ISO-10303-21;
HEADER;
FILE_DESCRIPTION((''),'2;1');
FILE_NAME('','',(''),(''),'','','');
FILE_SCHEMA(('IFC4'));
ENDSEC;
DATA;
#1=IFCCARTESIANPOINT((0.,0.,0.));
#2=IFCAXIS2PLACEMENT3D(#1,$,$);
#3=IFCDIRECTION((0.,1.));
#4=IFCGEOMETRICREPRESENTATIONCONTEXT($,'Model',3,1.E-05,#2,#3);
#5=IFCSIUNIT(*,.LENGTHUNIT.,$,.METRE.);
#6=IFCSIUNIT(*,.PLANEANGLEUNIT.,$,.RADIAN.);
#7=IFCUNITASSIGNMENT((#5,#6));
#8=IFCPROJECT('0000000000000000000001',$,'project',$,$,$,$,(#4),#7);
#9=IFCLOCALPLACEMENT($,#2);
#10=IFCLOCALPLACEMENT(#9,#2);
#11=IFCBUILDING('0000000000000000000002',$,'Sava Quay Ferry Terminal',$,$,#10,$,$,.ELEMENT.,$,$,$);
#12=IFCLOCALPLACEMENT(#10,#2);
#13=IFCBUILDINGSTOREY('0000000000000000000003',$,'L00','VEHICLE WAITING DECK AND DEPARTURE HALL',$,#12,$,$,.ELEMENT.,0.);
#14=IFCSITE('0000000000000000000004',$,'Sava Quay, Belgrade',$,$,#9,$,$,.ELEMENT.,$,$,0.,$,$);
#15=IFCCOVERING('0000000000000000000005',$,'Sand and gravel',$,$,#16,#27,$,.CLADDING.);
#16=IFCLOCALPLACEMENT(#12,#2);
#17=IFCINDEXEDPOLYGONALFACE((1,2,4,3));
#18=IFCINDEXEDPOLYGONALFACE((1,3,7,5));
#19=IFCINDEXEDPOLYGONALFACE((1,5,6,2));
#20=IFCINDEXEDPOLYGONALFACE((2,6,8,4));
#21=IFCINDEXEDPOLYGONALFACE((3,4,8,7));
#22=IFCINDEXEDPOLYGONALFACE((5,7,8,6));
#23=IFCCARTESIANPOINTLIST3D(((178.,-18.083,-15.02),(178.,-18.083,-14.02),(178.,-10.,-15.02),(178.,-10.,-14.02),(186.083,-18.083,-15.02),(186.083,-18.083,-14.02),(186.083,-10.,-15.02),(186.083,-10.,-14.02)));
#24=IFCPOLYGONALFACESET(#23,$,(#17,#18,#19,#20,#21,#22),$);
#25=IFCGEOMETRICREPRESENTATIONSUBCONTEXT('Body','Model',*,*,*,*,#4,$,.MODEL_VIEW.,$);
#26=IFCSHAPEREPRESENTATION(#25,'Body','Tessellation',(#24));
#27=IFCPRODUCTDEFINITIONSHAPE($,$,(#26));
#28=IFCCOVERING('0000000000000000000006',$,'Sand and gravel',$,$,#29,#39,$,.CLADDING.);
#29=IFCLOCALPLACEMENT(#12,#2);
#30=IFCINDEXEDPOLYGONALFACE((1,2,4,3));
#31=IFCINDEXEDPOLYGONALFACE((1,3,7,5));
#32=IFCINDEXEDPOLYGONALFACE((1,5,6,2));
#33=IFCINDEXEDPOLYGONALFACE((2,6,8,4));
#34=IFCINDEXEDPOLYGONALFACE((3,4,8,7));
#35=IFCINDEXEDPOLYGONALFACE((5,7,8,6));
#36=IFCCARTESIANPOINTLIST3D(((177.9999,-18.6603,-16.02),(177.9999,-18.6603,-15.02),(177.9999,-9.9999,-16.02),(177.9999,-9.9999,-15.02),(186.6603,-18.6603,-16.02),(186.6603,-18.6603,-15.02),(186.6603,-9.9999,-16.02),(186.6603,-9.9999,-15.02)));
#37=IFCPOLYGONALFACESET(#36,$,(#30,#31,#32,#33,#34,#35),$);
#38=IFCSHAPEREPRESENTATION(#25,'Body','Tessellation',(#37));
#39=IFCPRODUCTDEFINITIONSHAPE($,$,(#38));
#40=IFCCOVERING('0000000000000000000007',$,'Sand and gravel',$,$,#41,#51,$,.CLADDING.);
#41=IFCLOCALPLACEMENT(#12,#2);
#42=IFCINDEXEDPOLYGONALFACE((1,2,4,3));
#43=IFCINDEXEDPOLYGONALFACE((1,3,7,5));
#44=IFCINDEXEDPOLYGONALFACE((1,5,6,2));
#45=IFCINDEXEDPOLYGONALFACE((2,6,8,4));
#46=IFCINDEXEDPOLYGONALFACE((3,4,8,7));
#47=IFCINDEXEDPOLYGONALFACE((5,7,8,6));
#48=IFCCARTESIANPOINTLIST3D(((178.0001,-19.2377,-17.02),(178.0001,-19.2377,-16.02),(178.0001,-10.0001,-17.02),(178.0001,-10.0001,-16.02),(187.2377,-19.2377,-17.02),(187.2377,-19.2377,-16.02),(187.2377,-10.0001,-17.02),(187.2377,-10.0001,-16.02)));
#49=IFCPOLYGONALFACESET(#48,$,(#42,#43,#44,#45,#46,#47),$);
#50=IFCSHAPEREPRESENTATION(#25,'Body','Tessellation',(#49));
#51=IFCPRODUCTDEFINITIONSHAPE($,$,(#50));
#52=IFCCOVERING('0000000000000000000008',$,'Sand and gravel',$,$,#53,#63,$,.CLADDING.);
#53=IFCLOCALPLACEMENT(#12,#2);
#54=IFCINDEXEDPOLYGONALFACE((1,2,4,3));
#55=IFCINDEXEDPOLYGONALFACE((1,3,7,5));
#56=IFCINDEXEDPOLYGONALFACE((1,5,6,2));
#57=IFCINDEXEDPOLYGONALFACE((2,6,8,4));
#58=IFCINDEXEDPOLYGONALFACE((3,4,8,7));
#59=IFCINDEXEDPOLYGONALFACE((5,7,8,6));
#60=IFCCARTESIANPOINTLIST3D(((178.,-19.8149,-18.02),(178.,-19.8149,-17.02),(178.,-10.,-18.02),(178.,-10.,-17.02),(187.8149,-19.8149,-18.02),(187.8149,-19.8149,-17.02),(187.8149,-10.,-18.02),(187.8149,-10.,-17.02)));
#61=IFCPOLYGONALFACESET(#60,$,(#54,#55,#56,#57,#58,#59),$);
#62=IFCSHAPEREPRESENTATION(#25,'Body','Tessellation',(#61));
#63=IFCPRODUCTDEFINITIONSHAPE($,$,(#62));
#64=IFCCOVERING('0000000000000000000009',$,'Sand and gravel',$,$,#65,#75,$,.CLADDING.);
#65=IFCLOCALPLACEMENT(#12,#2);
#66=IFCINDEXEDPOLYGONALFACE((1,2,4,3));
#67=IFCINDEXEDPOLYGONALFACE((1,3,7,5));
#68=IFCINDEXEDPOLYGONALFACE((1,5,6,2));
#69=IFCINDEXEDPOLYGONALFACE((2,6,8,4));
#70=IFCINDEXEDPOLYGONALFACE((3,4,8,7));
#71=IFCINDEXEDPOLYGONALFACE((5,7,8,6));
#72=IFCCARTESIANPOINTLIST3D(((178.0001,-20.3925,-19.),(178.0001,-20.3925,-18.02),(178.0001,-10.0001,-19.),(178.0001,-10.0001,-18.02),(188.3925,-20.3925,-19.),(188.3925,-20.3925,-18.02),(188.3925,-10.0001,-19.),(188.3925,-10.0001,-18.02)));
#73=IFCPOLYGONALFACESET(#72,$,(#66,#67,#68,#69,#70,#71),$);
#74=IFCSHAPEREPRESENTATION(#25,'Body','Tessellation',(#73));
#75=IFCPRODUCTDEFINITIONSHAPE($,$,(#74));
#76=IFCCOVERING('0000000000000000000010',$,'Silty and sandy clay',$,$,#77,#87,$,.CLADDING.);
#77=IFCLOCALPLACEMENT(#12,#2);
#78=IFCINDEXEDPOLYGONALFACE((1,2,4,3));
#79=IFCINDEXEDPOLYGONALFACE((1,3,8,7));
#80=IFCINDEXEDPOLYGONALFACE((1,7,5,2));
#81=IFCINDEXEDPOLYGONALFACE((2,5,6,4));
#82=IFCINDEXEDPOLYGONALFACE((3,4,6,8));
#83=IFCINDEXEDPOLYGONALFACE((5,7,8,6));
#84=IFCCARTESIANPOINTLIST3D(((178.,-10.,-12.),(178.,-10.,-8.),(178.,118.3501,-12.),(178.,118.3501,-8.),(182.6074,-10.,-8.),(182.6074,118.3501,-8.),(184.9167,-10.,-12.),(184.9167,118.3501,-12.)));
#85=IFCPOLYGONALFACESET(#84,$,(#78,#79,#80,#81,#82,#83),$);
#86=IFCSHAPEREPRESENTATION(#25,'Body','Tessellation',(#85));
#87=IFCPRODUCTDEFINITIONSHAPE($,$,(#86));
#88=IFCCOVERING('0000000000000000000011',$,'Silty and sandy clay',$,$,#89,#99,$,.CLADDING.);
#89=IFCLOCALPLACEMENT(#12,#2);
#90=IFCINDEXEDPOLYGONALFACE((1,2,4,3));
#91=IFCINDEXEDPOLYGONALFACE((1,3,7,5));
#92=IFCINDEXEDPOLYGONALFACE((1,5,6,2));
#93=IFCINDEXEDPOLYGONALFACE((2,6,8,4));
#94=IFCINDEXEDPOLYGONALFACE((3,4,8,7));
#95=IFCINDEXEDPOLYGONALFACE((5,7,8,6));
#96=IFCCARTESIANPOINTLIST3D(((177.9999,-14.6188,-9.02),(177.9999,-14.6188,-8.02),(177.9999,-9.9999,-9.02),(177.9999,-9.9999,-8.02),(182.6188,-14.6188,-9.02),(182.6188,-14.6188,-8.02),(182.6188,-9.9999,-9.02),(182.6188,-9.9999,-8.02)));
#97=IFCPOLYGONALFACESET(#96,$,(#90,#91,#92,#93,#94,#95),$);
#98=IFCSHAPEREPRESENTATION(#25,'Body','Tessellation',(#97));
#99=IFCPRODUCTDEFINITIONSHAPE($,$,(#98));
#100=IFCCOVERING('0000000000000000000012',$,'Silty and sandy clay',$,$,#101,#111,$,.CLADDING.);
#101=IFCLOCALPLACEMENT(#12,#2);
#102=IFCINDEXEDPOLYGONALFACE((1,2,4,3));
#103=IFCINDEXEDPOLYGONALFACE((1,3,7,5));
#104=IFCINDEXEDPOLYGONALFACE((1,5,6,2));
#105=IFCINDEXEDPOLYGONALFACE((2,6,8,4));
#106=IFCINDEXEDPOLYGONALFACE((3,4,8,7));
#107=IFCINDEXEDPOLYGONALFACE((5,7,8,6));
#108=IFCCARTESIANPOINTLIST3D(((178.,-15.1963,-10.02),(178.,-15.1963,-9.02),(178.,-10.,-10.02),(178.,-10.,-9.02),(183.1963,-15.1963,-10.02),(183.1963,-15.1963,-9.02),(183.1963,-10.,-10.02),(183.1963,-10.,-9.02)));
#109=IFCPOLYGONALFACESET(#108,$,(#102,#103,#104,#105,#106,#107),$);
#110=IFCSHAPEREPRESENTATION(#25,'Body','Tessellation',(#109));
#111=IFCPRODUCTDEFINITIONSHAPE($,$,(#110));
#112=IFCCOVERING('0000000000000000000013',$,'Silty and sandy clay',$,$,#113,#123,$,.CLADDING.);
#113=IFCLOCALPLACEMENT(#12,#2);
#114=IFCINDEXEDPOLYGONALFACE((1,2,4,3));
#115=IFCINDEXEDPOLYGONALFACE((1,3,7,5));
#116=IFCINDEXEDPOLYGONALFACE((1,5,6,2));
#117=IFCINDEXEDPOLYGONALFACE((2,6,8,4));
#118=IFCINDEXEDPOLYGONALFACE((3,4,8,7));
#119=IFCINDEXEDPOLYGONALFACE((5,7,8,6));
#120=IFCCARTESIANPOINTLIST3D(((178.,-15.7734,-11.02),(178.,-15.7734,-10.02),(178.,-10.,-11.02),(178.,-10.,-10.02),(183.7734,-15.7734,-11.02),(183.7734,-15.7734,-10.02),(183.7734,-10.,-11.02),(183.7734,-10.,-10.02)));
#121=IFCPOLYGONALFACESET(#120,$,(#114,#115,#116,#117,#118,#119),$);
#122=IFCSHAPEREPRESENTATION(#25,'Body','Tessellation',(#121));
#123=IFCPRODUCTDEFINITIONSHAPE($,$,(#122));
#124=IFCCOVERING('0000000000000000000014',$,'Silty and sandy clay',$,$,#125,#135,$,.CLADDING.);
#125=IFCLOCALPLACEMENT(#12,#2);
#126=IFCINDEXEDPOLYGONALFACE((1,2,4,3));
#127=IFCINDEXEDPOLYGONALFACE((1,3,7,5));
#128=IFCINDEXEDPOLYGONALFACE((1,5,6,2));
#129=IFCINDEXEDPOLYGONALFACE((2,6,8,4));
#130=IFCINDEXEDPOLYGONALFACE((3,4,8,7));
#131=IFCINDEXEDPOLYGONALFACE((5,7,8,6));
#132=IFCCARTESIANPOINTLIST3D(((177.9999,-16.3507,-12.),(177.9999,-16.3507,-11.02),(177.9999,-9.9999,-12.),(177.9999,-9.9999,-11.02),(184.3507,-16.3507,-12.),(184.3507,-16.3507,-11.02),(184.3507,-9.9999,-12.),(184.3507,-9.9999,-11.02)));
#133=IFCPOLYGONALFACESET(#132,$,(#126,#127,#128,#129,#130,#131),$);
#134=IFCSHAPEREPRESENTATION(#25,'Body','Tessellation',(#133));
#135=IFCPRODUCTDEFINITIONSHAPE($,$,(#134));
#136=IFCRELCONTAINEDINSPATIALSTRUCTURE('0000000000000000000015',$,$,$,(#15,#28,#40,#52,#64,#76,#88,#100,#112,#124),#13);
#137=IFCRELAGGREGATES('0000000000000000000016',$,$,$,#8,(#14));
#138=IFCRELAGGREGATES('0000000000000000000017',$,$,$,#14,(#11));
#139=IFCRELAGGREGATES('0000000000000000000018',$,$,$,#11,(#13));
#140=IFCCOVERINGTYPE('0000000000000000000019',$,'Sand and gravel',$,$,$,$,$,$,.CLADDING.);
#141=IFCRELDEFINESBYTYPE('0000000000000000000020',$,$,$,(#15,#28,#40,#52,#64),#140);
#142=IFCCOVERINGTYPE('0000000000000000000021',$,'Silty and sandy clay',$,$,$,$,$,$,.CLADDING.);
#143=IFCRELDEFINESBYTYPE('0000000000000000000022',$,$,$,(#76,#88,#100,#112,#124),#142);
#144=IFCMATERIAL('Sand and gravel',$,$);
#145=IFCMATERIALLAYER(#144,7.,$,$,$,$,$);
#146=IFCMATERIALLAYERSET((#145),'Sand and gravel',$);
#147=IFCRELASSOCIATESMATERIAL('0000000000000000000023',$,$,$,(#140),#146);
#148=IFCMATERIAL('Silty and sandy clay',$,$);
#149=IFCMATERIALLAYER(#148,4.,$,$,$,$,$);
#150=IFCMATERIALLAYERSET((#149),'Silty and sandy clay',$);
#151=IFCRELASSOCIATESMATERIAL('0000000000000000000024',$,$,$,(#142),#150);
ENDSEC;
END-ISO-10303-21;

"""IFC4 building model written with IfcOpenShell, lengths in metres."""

from ifc_helpers import new_model, si_unit, direction, frame, origin, origin_2d, place, context, subcontext, project, spatial, polyline, rectangle, outline, extrude, material, layer, layer_set, type_object, element, save


model = new_model("IFC4")

# Units and contexts
model_context = context("Model", 3, precision=1e-05, world=origin(), true_north=direction((0.0, 1.0)))
body_context = subcontext(model_context, "Body", "Model", "MODEL_VIEW")
ifc_project = project(units=[si_unit("LENGTHUNIT", "METRE"), si_unit("PLANEANGLEUNIT", "RADIAN")], contexts=[model_context])

# Site, building, storey
site_placement = place(None, origin())
site = spatial("IfcSite", under=ifc_project, at=site_placement, Name="Sava Quay, Belgrade", CompositionType="ELEMENT", RefElevation=0.0)
building_placement = place(site_placement, origin())
building = spatial("IfcBuilding", under=site, at=building_placement, Name="Sava Quay Ferry Terminal", CompositionType="ELEMENT")
storey_placement = place(building_placement, origin())
storey = spatial("IfcBuildingStorey", under=building, at=storey_placement, Name="L00", Description="VEHICLE WAITING DECK AND DEPARTURE HALL", CompositionType="ELEMENT", Elevation=0.0)

# Coverings
ifc_material_1 = material(Name="Sand and gravel")
ifc_layer_1 = layer(ifc_material_1, 7.0)
ifc_layer_set_1 = layer_set([ifc_layer_1], Name="Sand and gravel")
covering_type_1 = type_object("IfcCoveringType", Name="Sand and gravel", PredefinedType="CLADDING", material=ifc_layer_set_1)
covering_1_placement = place(storey_placement, frame((182.0415, -14.0415, -15.02), z_axis=(0.0, 0.0, 1.0), x_axis=(1.0, 0.0, 0.0)))
element("IfcCovering", 1, at=covering_1_placement, inside=storey, type_object=covering_type_1, Name="Sand and gravel", PredefinedType="CLADDING", context=body_context, shape_type="SweptSolid", body=[
    extrude(rectangle(XDim=8.083, YDim=8.083, at=origin_2d()), origin(), (0.0, 0.0, 1.0), 1.0),
])
covering_2_placement = place(storey_placement, frame((182.3301, -14.3301, -16.02), z_axis=(0.0, 0.0, 1.0), x_axis=(1.0, 0.0, 0.0)))
element("IfcCovering", 2, at=covering_2_placement, inside=storey, type_object=covering_type_1, Name="Sand and gravel", PredefinedType="CLADDING", context=body_context, shape_type="SweptSolid", body=[
    extrude(rectangle(XDim=8.6604, YDim=8.6604, at=origin_2d()), origin(), (0.0, 0.0, 1.0), 1.0),
])
covering_3_placement = place(storey_placement, frame((182.6189, -14.6189, -17.02), z_axis=(0.0, 0.0, 1.0), x_axis=(1.0, 0.0, 0.0)))
element("IfcCovering", 3, at=covering_3_placement, inside=storey, type_object=covering_type_1, Name="Sand and gravel", PredefinedType="CLADDING", context=body_context, shape_type="SweptSolid", body=[
    extrude(rectangle(XDim=9.2375, YDim=9.2375, at=origin_2d()), origin(), (0.0, 0.0, 1.0), 1.0),
])
covering_4_placement = place(storey_placement, frame((182.9075, -14.9075, -18.02), z_axis=(0.0, 0.0, 1.0), x_axis=(1.0, 0.0, 0.0)))
element("IfcCovering", 4, at=covering_4_placement, inside=storey, type_object=covering_type_1, Name="Sand and gravel", PredefinedType="CLADDING", context=body_context, shape_type="SweptSolid", body=[
    extrude(rectangle(XDim=9.8149, YDim=9.8149, at=origin_2d()), origin(), (0.0, 0.0, 1.0), 1.0),
])
covering_5_placement = place(storey_placement, frame((183.1963, -15.1963, -19.0), z_axis=(0.0, 0.0, 1.0), x_axis=(1.0, 0.0, 0.0)))
element("IfcCovering", 5, at=covering_5_placement, inside=storey, type_object=covering_type_1, Name="Sand and gravel", PredefinedType="CLADDING", context=body_context, shape_type="SweptSolid", body=[
    extrude(rectangle(XDim=10.3923, YDim=10.3923, at=origin_2d()), origin(), (0.0, 0.0, 1.0), 0.98),
])
ifc_material_2 = material(Name="Silty and sandy clay")
ifc_layer_2 = layer(ifc_material_2, 4.0)
ifc_layer_set_2 = layer_set([ifc_layer_2], Name="Silty and sandy clay")
covering_type_2 = type_object("IfcCoveringType", Name="Silty and sandy clay", PredefinedType="CLADDING", material=ifc_layer_set_2)
covering_6_placement = place(storey_placement, frame((178.0, -10.0, -8.0), z_axis=(0.0, 1.0, 0.0), x_axis=(-1.0, 0.0, 0.0)))
element("IfcCovering", 6, at=covering_6_placement, inside=storey, type_object=covering_type_2, Name="Silty and sandy clay", PredefinedType="CLADDING", context=body_context, shape_type="SweptSolid", body=[
    extrude(outline(polyline([(0.0, 0.0), (-4.6074, 0.0), (-6.9167, -4.0), (0.0, -4.0), (0.0, 0.0)])), origin(), (0.0, 0.0, 1.0), 128.3501),
])
covering_7_placement = place(storey_placement, frame((180.3093, -12.3093, -9.02), z_axis=(0.0, 0.0, 1.0), x_axis=(1.0, 0.0, 0.0)))
element("IfcCovering", 7, at=covering_7_placement, inside=storey, type_object=covering_type_2, Name="Silty and sandy clay", PredefinedType="CLADDING", context=body_context, shape_type="SweptSolid", body=[
    extrude(rectangle(XDim=4.6189, YDim=4.6189, at=origin_2d()), origin(), (0.0, 0.0, 1.0), 1.0),
])
covering_8_placement = place(storey_placement, frame((180.5981, -12.5981, -10.02), z_axis=(0.0, 0.0, 1.0), x_axis=(1.0, 0.0, 0.0)))
element("IfcCovering", 8, at=covering_8_placement, inside=storey, type_object=covering_type_2, Name="Silty and sandy clay", PredefinedType="CLADDING", context=body_context, shape_type="SweptSolid", body=[
    extrude(rectangle(XDim=5.1963, YDim=5.1963, at=origin_2d()), origin(), (0.0, 0.0, 1.0), 1.0),
])
covering_9_placement = place(storey_placement, frame((180.8867, -12.8867, -11.02), z_axis=(0.0, 0.0, 1.0), x_axis=(1.0, 0.0, 0.0)))
element("IfcCovering", 9, at=covering_9_placement, inside=storey, type_object=covering_type_2, Name="Silty and sandy clay", PredefinedType="CLADDING", context=body_context, shape_type="SweptSolid", body=[
    extrude(rectangle(XDim=5.7734, YDim=5.7734, at=origin_2d()), origin(), (0.0, 0.0, 1.0), 1.0),
])
covering_10_placement = place(storey_placement, frame((181.1753, -13.1753, -12.0), z_axis=(0.0, 0.0, 1.0), x_axis=(1.0, 0.0, 0.0)))
element("IfcCovering", 10, at=covering_10_placement, inside=storey, type_object=covering_type_2, Name="Silty and sandy clay", PredefinedType="CLADDING", context=body_context, shape_type="SweptSolid", body=[
    extrude(rectangle(XDim=6.3508, YDim=6.3508, at=origin_2d()), origin(), (0.0, 0.0, 1.0), 0.98),
])

save(model, "model.ifc")
